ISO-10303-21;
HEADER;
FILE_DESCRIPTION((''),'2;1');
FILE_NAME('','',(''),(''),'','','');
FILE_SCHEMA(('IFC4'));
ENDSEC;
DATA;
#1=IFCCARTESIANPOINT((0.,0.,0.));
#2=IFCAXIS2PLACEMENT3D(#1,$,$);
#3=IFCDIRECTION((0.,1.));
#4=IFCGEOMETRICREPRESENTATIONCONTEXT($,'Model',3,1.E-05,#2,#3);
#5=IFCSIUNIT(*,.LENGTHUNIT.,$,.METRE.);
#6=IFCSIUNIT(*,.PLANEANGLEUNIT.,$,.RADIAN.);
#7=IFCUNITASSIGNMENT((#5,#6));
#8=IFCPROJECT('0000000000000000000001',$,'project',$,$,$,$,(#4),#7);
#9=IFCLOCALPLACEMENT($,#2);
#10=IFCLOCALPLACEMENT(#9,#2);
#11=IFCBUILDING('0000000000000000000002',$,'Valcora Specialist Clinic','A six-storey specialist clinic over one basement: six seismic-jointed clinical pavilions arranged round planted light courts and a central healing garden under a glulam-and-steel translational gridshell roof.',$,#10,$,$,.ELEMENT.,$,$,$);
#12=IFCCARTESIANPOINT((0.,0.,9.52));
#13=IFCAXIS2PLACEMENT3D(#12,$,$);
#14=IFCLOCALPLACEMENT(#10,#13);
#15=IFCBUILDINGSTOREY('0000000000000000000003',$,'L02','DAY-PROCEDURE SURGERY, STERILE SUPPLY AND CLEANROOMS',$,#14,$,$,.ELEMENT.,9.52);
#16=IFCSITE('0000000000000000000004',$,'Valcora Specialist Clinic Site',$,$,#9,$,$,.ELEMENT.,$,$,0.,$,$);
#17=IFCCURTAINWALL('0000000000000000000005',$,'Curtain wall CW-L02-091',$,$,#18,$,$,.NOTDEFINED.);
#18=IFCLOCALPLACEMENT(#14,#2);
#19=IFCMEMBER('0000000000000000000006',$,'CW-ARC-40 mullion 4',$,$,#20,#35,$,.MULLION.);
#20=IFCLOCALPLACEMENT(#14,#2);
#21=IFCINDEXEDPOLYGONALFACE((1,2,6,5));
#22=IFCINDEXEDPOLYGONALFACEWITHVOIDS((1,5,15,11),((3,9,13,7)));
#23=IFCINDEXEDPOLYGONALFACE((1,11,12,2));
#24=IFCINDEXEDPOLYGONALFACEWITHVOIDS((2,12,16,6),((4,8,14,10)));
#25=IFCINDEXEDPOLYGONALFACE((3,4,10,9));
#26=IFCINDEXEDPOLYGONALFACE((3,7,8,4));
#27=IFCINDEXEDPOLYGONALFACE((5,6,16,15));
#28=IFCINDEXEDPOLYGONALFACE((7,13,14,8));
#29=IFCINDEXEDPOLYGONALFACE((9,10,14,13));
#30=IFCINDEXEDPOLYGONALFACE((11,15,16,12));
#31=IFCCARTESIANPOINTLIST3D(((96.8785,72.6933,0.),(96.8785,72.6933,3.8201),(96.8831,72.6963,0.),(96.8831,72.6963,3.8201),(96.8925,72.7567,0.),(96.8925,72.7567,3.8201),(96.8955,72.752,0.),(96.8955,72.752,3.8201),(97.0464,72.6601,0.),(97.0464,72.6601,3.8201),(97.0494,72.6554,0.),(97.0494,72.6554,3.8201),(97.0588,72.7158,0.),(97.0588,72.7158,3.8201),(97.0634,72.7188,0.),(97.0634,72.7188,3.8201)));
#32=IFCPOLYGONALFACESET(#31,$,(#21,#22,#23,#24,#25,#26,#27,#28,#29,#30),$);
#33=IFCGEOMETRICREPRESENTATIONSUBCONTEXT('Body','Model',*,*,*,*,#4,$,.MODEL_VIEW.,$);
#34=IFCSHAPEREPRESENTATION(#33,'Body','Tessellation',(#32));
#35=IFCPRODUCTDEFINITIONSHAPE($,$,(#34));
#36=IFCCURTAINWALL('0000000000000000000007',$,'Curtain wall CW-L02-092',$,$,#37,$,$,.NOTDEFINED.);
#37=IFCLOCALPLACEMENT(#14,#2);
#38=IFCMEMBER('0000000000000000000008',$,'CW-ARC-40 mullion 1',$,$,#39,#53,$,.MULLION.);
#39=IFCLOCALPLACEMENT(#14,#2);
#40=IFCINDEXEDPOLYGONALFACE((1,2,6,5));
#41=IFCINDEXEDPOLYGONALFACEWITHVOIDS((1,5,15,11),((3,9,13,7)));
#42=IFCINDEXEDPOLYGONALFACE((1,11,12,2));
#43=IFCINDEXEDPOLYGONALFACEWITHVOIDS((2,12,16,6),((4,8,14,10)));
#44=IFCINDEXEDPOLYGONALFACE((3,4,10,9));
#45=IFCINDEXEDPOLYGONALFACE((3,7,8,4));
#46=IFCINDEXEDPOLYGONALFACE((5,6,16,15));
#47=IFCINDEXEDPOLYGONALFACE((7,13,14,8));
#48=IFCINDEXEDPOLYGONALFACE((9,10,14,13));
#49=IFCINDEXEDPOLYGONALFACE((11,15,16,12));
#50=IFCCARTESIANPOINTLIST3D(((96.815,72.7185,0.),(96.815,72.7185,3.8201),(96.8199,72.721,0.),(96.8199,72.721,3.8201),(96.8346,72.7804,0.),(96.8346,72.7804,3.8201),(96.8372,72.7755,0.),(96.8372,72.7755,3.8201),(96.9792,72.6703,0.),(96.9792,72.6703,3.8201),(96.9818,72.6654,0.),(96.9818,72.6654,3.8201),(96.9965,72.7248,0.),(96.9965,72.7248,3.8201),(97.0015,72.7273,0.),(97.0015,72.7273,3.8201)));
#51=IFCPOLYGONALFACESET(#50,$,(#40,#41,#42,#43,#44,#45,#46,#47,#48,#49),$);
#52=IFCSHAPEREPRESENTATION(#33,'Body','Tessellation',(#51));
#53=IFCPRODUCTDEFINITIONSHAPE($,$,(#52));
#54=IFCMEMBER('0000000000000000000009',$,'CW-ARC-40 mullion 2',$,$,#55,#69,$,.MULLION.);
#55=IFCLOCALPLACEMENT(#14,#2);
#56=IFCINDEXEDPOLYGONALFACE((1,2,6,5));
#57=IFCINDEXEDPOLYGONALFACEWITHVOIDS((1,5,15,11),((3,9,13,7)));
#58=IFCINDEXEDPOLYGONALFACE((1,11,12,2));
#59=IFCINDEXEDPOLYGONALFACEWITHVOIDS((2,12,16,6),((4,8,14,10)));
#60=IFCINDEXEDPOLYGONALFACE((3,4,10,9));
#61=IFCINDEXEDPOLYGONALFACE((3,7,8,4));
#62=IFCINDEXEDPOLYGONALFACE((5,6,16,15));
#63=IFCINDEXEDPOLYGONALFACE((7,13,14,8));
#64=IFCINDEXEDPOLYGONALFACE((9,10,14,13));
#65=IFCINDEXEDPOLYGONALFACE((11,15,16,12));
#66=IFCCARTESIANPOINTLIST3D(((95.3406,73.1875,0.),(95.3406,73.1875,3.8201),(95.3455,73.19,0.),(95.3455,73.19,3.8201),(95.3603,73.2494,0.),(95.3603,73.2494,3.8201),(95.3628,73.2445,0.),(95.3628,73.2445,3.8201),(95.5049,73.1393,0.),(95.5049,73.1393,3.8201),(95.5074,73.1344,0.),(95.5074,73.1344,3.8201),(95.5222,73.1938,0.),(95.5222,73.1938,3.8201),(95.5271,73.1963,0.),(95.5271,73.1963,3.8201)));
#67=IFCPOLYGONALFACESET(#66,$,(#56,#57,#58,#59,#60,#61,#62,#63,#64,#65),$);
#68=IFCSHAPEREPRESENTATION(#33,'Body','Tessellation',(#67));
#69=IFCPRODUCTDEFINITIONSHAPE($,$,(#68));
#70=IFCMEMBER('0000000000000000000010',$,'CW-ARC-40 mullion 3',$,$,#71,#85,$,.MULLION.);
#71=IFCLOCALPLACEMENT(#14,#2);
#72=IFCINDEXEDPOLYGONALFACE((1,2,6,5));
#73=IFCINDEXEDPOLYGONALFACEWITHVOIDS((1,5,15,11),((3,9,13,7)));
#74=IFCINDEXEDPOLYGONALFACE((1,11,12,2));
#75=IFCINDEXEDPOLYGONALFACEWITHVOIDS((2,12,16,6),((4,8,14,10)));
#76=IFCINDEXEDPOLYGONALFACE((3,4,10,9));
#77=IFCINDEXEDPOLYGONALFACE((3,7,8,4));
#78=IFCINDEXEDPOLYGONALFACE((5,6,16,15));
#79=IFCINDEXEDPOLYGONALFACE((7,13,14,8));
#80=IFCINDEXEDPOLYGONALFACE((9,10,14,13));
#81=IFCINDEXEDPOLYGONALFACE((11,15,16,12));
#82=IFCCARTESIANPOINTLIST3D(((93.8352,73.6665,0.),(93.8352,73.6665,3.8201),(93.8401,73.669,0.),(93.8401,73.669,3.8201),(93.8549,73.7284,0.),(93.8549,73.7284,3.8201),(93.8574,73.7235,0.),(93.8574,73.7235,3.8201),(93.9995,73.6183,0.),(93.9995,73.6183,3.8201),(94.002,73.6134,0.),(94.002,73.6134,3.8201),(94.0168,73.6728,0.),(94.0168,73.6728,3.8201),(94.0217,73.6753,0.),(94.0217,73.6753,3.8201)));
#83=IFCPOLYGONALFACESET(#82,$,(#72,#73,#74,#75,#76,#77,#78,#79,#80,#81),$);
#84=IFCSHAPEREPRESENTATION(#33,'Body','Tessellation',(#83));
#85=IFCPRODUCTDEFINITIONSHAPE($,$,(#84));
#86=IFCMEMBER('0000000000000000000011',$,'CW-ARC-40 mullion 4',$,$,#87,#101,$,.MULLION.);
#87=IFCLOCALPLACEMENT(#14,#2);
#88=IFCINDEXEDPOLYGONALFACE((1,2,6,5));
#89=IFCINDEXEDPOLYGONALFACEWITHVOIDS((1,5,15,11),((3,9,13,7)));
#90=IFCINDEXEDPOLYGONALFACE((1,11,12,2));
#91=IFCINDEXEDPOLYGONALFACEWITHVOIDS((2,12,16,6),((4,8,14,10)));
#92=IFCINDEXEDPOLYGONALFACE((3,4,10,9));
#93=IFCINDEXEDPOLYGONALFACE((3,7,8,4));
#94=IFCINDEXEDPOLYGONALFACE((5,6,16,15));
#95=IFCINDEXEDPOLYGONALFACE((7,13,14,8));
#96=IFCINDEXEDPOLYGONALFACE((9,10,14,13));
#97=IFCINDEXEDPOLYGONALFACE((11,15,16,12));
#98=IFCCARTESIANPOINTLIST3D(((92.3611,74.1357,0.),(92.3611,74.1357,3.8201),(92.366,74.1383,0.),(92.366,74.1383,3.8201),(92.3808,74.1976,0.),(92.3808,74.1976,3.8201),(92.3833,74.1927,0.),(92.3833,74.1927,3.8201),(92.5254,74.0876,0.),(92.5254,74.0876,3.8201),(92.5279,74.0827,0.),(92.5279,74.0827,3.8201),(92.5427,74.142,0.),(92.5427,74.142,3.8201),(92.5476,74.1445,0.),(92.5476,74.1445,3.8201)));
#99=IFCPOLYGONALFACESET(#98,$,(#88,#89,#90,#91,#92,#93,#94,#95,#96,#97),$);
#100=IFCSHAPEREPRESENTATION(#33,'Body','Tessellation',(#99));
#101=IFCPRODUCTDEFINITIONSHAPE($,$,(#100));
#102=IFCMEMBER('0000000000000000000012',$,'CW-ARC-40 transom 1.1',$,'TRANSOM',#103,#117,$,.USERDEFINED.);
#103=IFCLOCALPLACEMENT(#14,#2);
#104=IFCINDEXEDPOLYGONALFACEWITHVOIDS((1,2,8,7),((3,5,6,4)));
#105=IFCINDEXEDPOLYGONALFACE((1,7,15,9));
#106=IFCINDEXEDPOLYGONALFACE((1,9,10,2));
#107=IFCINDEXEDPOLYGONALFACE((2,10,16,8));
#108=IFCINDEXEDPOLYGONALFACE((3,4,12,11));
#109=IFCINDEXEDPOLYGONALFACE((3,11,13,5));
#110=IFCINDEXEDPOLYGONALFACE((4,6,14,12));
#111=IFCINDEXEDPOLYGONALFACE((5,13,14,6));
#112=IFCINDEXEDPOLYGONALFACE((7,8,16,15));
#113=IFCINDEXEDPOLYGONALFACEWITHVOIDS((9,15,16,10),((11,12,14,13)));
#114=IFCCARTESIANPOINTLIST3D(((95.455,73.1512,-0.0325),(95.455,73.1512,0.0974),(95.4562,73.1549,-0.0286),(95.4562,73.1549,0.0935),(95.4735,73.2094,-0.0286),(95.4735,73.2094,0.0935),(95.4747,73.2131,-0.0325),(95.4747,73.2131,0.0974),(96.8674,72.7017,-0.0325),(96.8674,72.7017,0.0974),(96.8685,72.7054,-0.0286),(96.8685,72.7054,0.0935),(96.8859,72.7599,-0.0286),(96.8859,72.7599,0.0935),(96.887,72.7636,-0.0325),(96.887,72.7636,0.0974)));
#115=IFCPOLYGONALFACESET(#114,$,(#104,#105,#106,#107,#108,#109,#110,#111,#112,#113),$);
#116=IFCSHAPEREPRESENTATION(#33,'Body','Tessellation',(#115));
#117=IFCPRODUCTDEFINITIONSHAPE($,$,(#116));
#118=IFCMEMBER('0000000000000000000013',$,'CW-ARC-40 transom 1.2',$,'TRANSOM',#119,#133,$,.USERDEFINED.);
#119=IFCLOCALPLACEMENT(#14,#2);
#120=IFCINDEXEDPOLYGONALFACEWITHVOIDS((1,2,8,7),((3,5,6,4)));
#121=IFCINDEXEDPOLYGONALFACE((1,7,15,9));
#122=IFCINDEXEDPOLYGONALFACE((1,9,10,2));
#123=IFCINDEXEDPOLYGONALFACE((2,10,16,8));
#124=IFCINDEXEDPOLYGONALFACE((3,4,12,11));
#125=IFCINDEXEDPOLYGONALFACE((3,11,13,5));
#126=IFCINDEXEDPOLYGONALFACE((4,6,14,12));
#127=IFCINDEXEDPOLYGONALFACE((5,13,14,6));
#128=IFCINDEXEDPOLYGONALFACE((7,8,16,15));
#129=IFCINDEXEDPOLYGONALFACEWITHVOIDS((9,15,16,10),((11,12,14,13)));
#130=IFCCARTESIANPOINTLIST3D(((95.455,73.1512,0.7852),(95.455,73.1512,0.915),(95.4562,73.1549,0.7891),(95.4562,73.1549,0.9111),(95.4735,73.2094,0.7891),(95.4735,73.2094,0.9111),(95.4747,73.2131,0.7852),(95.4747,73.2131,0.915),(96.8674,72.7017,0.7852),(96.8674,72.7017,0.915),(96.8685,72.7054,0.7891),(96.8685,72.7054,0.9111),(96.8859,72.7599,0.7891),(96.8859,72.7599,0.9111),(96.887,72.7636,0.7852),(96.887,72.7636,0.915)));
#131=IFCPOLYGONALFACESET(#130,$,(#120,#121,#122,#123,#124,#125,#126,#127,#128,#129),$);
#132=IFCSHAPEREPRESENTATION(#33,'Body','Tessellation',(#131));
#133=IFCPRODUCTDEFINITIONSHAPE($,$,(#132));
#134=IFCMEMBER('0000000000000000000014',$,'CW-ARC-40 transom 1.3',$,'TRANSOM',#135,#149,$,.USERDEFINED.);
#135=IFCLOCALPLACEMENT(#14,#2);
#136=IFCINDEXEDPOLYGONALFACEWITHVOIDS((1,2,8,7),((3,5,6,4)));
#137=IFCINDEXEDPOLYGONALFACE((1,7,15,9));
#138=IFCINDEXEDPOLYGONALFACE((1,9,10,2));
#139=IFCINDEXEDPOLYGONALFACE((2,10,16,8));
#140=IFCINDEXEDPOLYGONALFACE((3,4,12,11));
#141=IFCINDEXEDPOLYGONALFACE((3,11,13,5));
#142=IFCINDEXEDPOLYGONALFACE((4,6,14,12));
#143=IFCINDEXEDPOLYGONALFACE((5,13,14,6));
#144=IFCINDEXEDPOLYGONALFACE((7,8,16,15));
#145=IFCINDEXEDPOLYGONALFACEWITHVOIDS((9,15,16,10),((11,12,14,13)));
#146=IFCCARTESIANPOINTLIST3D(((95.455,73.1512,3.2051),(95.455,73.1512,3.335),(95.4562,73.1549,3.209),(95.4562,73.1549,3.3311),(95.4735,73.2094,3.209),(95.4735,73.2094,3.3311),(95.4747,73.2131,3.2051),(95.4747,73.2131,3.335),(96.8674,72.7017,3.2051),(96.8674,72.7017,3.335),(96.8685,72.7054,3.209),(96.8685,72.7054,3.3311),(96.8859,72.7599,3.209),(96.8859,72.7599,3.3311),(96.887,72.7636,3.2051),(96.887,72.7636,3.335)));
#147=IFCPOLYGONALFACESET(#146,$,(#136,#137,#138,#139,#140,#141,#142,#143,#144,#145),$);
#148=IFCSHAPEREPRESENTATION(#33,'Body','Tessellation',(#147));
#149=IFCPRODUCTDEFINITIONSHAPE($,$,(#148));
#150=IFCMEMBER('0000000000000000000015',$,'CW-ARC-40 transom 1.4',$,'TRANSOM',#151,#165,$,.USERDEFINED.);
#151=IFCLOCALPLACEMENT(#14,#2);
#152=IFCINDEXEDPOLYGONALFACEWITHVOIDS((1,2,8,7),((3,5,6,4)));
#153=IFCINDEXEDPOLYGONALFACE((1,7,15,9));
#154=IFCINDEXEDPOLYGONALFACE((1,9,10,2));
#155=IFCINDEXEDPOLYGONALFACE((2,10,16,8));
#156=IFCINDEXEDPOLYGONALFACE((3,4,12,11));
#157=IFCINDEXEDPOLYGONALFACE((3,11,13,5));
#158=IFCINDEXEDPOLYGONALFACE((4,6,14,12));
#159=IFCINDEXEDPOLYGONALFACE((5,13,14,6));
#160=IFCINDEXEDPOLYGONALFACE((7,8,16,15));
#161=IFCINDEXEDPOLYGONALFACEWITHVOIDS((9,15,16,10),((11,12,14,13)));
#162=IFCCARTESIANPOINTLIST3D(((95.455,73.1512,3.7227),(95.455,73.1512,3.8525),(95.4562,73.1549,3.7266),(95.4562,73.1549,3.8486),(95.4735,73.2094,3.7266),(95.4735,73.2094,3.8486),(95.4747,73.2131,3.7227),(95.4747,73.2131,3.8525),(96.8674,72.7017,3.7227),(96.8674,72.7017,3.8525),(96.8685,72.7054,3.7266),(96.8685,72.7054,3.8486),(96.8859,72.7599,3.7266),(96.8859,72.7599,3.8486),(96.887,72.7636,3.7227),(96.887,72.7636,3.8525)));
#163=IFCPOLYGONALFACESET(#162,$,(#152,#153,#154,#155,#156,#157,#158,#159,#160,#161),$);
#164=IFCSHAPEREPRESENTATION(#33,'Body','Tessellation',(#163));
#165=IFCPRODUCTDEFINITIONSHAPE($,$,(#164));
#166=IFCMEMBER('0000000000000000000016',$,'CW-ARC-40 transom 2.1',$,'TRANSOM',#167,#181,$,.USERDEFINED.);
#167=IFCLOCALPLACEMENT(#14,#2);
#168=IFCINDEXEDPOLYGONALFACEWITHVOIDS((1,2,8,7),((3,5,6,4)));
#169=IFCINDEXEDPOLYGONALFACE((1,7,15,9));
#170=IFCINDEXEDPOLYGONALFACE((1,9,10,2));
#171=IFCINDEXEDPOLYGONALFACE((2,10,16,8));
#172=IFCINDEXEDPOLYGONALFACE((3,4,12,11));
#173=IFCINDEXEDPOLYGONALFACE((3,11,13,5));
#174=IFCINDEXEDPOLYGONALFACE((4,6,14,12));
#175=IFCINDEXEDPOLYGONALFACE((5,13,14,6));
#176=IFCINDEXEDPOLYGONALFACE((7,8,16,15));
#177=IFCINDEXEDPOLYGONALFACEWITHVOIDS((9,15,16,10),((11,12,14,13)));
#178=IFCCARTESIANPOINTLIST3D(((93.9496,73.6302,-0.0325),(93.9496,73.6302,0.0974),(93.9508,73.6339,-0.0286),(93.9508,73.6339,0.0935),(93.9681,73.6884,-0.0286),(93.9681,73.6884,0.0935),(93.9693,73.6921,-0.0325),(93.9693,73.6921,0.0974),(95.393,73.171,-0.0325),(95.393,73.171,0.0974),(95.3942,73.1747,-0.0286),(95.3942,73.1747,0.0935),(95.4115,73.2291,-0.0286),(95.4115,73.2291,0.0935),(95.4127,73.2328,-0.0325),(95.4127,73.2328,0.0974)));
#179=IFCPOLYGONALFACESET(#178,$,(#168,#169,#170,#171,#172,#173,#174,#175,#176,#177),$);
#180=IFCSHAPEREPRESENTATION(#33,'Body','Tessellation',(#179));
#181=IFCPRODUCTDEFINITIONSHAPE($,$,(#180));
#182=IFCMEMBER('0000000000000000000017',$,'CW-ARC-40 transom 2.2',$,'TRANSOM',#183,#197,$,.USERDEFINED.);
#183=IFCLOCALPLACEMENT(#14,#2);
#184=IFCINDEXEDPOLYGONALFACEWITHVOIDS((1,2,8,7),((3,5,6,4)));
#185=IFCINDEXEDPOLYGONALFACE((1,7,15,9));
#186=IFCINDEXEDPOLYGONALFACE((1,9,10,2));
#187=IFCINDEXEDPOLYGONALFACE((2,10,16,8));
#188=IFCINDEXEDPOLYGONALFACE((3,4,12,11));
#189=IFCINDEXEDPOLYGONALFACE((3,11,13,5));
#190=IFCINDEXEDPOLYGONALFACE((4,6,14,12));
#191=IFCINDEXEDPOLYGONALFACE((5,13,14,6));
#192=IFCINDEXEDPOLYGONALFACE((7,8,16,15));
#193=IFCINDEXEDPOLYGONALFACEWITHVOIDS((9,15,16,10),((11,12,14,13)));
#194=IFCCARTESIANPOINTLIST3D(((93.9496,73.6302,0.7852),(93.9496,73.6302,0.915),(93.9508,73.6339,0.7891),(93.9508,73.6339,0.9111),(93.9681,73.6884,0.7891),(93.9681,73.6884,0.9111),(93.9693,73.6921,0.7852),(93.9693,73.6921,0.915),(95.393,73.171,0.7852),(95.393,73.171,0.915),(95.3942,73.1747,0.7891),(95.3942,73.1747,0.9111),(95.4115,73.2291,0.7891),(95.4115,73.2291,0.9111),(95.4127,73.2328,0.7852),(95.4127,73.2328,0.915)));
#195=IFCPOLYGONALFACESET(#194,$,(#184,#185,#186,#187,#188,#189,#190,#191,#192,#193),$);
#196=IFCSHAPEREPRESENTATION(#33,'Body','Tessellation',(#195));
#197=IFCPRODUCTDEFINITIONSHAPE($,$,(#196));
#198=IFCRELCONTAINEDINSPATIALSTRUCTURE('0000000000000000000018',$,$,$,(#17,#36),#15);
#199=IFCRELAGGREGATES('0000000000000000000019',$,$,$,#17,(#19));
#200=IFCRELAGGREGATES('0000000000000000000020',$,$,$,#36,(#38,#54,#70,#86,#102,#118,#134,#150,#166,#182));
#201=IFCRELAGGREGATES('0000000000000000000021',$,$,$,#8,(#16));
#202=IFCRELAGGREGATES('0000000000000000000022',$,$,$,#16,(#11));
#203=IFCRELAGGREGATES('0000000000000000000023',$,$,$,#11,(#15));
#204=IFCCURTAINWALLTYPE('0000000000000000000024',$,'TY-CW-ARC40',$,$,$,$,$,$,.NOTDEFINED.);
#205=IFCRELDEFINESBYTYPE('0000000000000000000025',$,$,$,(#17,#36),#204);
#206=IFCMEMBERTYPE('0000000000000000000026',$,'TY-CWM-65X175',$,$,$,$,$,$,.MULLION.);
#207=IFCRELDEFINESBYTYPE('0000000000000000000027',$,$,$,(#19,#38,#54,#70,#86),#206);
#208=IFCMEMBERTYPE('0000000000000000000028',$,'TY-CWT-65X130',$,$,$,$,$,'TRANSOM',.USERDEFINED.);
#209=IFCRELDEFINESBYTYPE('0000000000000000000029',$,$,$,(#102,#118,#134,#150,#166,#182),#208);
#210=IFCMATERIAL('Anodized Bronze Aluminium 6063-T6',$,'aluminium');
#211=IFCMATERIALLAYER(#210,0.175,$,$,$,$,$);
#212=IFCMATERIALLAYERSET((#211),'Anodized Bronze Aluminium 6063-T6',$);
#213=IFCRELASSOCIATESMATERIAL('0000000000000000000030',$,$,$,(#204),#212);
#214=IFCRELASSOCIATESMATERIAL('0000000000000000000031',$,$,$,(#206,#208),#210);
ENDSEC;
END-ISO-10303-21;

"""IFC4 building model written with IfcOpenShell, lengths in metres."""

from ifc_helpers import new_model, si_unit, direction, frame, origin, origin_2d, place, context, subcontext, project, spatial, hollow_rectangle, extrude, material, layer, layer_set, material_profile, profile_set, type_object, element, aggregate, save


model = new_model("IFC4")

# Units and contexts
model_context = context("Model", 3, precision=1e-05, world=origin(), true_north=direction((0.0, 1.0)))
body_context = subcontext(model_context, "Body", "Model", "MODEL_VIEW")
ifc_project = project(units=[si_unit("LENGTHUNIT", "METRE"), si_unit("PLANEANGLEUNIT", "RADIAN")], contexts=[model_context])

# Site, building, storey
site_placement = place(None, origin())
site = spatial("IfcSite", under=ifc_project, at=site_placement, Name="Valcora Specialist Clinic Site", CompositionType="ELEMENT", RefElevation=0.0)
building_placement = place(site_placement, origin())
building = spatial("IfcBuilding", under=site, at=building_placement, Name="Valcora Specialist Clinic", Description="A six-storey specialist clinic over one basement: six seismic-jointed clinical pavilions arranged round planted light courts and a central healing garden under a glulam-and-steel translational gridshell roof.", CompositionType="ELEMENT")
storey_placement = place(building_placement, frame((0.0, 0.0, 9.52)))
storey = spatial("IfcBuildingStorey", under=building, at=storey_placement, Name="L02", Description="DAY-PROCEDURE SURGERY, STERILE SUPPLY AND CLEANROOMS", CompositionType="ELEMENT", Elevation=9.52)

# Curtain wall, member
ifc_material_1 = material(Name="Anodized Bronze Aluminium 6063-T6", Category="aluminium")
ifc_layer_1 = layer(ifc_material_1, 0.175)
ifc_layer_set_1 = layer_set([ifc_layer_1], Name="Anodized Bronze Aluminium 6063-T6")
curtain_wall_type = type_object("IfcCurtainWallType", Name="TY-CW-ARC40", PredefinedType="NOTDEFINED", material=ifc_layer_set_1)
curtain_wall_1_placement = place(storey_placement, origin())
curtain_wall_1 = element("IfcCurtainWall", 1, at=curtain_wall_1_placement, inside=storey, type_object=curtain_wall_type, Name="Curtain wall CW-L02-091", PredefinedType="NOTDEFINED")
ifc_material_profile_1 = material_profile(ifc_material_1, hollow_rectangle(XDim=0.0649, YDim=0.175, WallThickness=0.0039, at=origin_2d()), Name="AL-MUL-65X175")
ifc_profile_set_1 = profile_set([ifc_material_profile_1], Name="Anodized Bronze Aluminium 6063-T6")
member_type_1 = type_object("IfcMemberType", Name="TY-CWM-65X175", PredefinedType="MULLION", material=ifc_profile_set_1)
member_1_placement = place(storey_placement, frame((96.9709, 72.7061, 0.0), z_axis=(0.0, 0.0, 1.0), x_axis=(-0.216518, -0.976279, 0.0)))
member_1 = element("IfcMember", 2, at=member_1_placement, type_object=member_type_1, Name="CW-ARC-40 mullion 4", PredefinedType="MULLION", context=body_context, shape_type="SweptSolid", body=[
    extrude(hollow_rectangle(XDim=0.0649, YDim=0.175, WallThickness=0.0039, at=origin_2d()), origin(), (0.0, 0.0, 1.0), 3.8201),
])
aggregate(curtain_wall_1, [member_1])

# Curtain wall, members
curtain_wall_2_placement = place(storey_placement, origin())
curtain_wall_2 = element("IfcCurtainWall", 3, at=curtain_wall_2_placement, inside=storey, type_object=curtain_wall_type, Name="Curtain wall CW-L02-092", PredefinedType="NOTDEFINED")
member_2_placement = place(storey_placement, frame((96.9082, 72.7229, 0.0), z_axis=(0.0, 0.0, 1.0), x_axis=(-0.303233, -0.952916, 0.0)))
member_2 = element("IfcMember", 4, at=member_2_placement, type_object=member_type_1, Name="CW-ARC-40 mullion 1", PredefinedType="MULLION", context=body_context, shape_type="SweptSolid", body=[
    extrude(hollow_rectangle(XDim=0.0649, YDim=0.175, WallThickness=0.0039, at=origin_2d()), origin(), (0.0, 0.0, 1.0), 3.8201),
])
member_3_placement = place(storey_placement, frame((95.4338, 73.1919, 0.0), z_axis=(0.0, 0.0, 1.0), x_axis=(-0.303233, -0.952916, 0.0)))
member_3 = element("IfcMember", 5, at=member_3_placement, type_object=member_type_1, Name="CW-ARC-40 mullion 2", PredefinedType="MULLION", context=body_context, shape_type="SweptSolid", body=[
    extrude(hollow_rectangle(XDim=0.0649, YDim=0.175, WallThickness=0.0039, at=origin_2d()), origin(), (0.0, 0.0, 1.0), 3.8201),
])
member_4_placement = place(storey_placement, frame((93.9285, 73.6709, 0.0), z_axis=(0.0, 0.0, 1.0), x_axis=(-0.303233, -0.952916, 0.0)))
member_4 = element("IfcMember", 6, at=member_4_placement, type_object=member_type_1, Name="CW-ARC-40 mullion 3", PredefinedType="MULLION", context=body_context, shape_type="SweptSolid", body=[
    extrude(hollow_rectangle(XDim=0.0649, YDim=0.175, WallThickness=0.0039, at=origin_2d()), origin(), (0.0, 0.0, 1.0), 3.8201),
])
member_5_placement = place(storey_placement, frame((92.4543, 74.1401, 0.0), z_axis=(0.0, 0.0, 1.0), x_axis=(-0.303233, -0.952916, 0.0)))
member_5 = element("IfcMember", 7, at=member_5_placement, type_object=member_type_1, Name="CW-ARC-40 mullion 4", PredefinedType="MULLION", context=body_context, shape_type="SweptSolid", body=[
    extrude(hollow_rectangle(XDim=0.0649, YDim=0.175, WallThickness=0.0039, at=origin_2d()), origin(), (0.0, 0.0, 1.0), 3.8201),
])
ifc_material_profile_2 = material_profile(ifc_material_1, hollow_rectangle(XDim=0.0649, YDim=0.1299, WallThickness=0.0039, at=origin_2d()), Name="AL-TRN-65X130")
ifc_profile_set_2 = profile_set([ifc_material_profile_2], Name="Anodized Bronze Aluminium 6063-T6")
member_type_2 = type_object("IfcMemberType", Name="TY-CWT-65X130", ElementType="TRANSOM", PredefinedType="USERDEFINED", material=ifc_profile_set_2)
member_6_placement = place(storey_placement, frame((96.8772, 72.7327, 0.0325), z_axis=(-0.952911, 0.303251, 0.0), x_axis=(-0.303251, -0.952911, 0.0)))
member_6 = element("IfcMember", 8, at=member_6_placement, type_object=member_type_2, Name="CW-ARC-40 transom 1.1", ObjectType="TRANSOM", PredefinedType="USERDEFINED", context=body_context, shape_type="SweptSolid", body=[
    extrude(hollow_rectangle(XDim=0.0649, YDim=0.1299, WallThickness=0.0039, at=origin_2d()), origin(), (0.0, 0.0, 1.0), 1.4822),
])
member_7_placement = place(storey_placement, frame((96.8772, 72.7327, 0.8501), z_axis=(-0.952911, 0.303251, 0.0), x_axis=(-0.303251, -0.952911, 0.0)))
member_7 = element("IfcMember", 9, at=member_7_placement, type_object=member_type_2, Name="CW-ARC-40 transom 1.2", ObjectType="TRANSOM", PredefinedType="USERDEFINED", context=body_context, shape_type="SweptSolid", body=[
    extrude(hollow_rectangle(XDim=0.0649, YDim=0.1299, WallThickness=0.0039, at=origin_2d()), origin(), (0.0, 0.0, 1.0), 1.4822),
])
member_8_placement = place(storey_placement, frame((96.8772, 72.7327, 3.27), z_axis=(-0.952911, 0.303251, 0.0), x_axis=(-0.303251, -0.952911, 0.0)))
member_8 = element("IfcMember", 10, at=member_8_placement, type_object=member_type_2, Name="CW-ARC-40 transom 1.3", ObjectType="TRANSOM", PredefinedType="USERDEFINED", context=body_context, shape_type="SweptSolid", body=[
    extrude(hollow_rectangle(XDim=0.0649, YDim=0.1299, WallThickness=0.0039, at=origin_2d()), origin(), (0.0, 0.0, 1.0), 1.4822),
])
member_9_placement = place(storey_placement, frame((96.8772, 72.7327, 3.7876), z_axis=(-0.952911, 0.303251, 0.0), x_axis=(-0.303251, -0.952911, 0.0)))
member_9 = element("IfcMember", 11, at=member_9_placement, type_object=member_type_2, Name="CW-ARC-40 transom 1.4", ObjectType="TRANSOM", PredefinedType="USERDEFINED", context=body_context, shape_type="SweptSolid", body=[
    extrude(hollow_rectangle(XDim=0.0649, YDim=0.1299, WallThickness=0.0039, at=origin_2d()), origin(), (0.0, 0.0, 1.0), 1.4822),
])
member_10_placement = place(storey_placement, frame((95.4028, 73.2019, 0.0325), z_axis=(-0.95293, 0.30319, 0.0), x_axis=(-0.30319, -0.95293, 0.0)))
member_10 = element("IfcMember", 12, at=member_10_placement, type_object=member_type_2, Name="CW-ARC-40 transom 2.1", ObjectType="TRANSOM", PredefinedType="USERDEFINED", context=body_context, shape_type="SweptSolid", body=[
    extrude(hollow_rectangle(XDim=0.0649, YDim=0.1299, WallThickness=0.0039, at=origin_2d()), origin(), (0.0, 0.0, 1.0), 1.5146),
])
member_11_placement = place(storey_placement, frame((95.4028, 73.2019, 0.8501), z_axis=(-0.95293, 0.30319, 0.0), x_axis=(-0.30319, -0.95293, 0.0)))
member_11 = element("IfcMember", 13, at=member_11_placement, type_object=member_type_2, Name="CW-ARC-40 transom 2.2", ObjectType="TRANSOM", PredefinedType="USERDEFINED", context=body_context, shape_type="SweptSolid", body=[
    extrude(hollow_rectangle(XDim=0.0649, YDim=0.1299, WallThickness=0.0039, at=origin_2d()), origin(), (0.0, 0.0, 1.0), 1.5146),
])
aggregate(curtain_wall_2, [member_2, member_3, member_4, member_5, member_6, member_7, member_8, member_9, member_10, member_11])

save(model, "model.ifc")
